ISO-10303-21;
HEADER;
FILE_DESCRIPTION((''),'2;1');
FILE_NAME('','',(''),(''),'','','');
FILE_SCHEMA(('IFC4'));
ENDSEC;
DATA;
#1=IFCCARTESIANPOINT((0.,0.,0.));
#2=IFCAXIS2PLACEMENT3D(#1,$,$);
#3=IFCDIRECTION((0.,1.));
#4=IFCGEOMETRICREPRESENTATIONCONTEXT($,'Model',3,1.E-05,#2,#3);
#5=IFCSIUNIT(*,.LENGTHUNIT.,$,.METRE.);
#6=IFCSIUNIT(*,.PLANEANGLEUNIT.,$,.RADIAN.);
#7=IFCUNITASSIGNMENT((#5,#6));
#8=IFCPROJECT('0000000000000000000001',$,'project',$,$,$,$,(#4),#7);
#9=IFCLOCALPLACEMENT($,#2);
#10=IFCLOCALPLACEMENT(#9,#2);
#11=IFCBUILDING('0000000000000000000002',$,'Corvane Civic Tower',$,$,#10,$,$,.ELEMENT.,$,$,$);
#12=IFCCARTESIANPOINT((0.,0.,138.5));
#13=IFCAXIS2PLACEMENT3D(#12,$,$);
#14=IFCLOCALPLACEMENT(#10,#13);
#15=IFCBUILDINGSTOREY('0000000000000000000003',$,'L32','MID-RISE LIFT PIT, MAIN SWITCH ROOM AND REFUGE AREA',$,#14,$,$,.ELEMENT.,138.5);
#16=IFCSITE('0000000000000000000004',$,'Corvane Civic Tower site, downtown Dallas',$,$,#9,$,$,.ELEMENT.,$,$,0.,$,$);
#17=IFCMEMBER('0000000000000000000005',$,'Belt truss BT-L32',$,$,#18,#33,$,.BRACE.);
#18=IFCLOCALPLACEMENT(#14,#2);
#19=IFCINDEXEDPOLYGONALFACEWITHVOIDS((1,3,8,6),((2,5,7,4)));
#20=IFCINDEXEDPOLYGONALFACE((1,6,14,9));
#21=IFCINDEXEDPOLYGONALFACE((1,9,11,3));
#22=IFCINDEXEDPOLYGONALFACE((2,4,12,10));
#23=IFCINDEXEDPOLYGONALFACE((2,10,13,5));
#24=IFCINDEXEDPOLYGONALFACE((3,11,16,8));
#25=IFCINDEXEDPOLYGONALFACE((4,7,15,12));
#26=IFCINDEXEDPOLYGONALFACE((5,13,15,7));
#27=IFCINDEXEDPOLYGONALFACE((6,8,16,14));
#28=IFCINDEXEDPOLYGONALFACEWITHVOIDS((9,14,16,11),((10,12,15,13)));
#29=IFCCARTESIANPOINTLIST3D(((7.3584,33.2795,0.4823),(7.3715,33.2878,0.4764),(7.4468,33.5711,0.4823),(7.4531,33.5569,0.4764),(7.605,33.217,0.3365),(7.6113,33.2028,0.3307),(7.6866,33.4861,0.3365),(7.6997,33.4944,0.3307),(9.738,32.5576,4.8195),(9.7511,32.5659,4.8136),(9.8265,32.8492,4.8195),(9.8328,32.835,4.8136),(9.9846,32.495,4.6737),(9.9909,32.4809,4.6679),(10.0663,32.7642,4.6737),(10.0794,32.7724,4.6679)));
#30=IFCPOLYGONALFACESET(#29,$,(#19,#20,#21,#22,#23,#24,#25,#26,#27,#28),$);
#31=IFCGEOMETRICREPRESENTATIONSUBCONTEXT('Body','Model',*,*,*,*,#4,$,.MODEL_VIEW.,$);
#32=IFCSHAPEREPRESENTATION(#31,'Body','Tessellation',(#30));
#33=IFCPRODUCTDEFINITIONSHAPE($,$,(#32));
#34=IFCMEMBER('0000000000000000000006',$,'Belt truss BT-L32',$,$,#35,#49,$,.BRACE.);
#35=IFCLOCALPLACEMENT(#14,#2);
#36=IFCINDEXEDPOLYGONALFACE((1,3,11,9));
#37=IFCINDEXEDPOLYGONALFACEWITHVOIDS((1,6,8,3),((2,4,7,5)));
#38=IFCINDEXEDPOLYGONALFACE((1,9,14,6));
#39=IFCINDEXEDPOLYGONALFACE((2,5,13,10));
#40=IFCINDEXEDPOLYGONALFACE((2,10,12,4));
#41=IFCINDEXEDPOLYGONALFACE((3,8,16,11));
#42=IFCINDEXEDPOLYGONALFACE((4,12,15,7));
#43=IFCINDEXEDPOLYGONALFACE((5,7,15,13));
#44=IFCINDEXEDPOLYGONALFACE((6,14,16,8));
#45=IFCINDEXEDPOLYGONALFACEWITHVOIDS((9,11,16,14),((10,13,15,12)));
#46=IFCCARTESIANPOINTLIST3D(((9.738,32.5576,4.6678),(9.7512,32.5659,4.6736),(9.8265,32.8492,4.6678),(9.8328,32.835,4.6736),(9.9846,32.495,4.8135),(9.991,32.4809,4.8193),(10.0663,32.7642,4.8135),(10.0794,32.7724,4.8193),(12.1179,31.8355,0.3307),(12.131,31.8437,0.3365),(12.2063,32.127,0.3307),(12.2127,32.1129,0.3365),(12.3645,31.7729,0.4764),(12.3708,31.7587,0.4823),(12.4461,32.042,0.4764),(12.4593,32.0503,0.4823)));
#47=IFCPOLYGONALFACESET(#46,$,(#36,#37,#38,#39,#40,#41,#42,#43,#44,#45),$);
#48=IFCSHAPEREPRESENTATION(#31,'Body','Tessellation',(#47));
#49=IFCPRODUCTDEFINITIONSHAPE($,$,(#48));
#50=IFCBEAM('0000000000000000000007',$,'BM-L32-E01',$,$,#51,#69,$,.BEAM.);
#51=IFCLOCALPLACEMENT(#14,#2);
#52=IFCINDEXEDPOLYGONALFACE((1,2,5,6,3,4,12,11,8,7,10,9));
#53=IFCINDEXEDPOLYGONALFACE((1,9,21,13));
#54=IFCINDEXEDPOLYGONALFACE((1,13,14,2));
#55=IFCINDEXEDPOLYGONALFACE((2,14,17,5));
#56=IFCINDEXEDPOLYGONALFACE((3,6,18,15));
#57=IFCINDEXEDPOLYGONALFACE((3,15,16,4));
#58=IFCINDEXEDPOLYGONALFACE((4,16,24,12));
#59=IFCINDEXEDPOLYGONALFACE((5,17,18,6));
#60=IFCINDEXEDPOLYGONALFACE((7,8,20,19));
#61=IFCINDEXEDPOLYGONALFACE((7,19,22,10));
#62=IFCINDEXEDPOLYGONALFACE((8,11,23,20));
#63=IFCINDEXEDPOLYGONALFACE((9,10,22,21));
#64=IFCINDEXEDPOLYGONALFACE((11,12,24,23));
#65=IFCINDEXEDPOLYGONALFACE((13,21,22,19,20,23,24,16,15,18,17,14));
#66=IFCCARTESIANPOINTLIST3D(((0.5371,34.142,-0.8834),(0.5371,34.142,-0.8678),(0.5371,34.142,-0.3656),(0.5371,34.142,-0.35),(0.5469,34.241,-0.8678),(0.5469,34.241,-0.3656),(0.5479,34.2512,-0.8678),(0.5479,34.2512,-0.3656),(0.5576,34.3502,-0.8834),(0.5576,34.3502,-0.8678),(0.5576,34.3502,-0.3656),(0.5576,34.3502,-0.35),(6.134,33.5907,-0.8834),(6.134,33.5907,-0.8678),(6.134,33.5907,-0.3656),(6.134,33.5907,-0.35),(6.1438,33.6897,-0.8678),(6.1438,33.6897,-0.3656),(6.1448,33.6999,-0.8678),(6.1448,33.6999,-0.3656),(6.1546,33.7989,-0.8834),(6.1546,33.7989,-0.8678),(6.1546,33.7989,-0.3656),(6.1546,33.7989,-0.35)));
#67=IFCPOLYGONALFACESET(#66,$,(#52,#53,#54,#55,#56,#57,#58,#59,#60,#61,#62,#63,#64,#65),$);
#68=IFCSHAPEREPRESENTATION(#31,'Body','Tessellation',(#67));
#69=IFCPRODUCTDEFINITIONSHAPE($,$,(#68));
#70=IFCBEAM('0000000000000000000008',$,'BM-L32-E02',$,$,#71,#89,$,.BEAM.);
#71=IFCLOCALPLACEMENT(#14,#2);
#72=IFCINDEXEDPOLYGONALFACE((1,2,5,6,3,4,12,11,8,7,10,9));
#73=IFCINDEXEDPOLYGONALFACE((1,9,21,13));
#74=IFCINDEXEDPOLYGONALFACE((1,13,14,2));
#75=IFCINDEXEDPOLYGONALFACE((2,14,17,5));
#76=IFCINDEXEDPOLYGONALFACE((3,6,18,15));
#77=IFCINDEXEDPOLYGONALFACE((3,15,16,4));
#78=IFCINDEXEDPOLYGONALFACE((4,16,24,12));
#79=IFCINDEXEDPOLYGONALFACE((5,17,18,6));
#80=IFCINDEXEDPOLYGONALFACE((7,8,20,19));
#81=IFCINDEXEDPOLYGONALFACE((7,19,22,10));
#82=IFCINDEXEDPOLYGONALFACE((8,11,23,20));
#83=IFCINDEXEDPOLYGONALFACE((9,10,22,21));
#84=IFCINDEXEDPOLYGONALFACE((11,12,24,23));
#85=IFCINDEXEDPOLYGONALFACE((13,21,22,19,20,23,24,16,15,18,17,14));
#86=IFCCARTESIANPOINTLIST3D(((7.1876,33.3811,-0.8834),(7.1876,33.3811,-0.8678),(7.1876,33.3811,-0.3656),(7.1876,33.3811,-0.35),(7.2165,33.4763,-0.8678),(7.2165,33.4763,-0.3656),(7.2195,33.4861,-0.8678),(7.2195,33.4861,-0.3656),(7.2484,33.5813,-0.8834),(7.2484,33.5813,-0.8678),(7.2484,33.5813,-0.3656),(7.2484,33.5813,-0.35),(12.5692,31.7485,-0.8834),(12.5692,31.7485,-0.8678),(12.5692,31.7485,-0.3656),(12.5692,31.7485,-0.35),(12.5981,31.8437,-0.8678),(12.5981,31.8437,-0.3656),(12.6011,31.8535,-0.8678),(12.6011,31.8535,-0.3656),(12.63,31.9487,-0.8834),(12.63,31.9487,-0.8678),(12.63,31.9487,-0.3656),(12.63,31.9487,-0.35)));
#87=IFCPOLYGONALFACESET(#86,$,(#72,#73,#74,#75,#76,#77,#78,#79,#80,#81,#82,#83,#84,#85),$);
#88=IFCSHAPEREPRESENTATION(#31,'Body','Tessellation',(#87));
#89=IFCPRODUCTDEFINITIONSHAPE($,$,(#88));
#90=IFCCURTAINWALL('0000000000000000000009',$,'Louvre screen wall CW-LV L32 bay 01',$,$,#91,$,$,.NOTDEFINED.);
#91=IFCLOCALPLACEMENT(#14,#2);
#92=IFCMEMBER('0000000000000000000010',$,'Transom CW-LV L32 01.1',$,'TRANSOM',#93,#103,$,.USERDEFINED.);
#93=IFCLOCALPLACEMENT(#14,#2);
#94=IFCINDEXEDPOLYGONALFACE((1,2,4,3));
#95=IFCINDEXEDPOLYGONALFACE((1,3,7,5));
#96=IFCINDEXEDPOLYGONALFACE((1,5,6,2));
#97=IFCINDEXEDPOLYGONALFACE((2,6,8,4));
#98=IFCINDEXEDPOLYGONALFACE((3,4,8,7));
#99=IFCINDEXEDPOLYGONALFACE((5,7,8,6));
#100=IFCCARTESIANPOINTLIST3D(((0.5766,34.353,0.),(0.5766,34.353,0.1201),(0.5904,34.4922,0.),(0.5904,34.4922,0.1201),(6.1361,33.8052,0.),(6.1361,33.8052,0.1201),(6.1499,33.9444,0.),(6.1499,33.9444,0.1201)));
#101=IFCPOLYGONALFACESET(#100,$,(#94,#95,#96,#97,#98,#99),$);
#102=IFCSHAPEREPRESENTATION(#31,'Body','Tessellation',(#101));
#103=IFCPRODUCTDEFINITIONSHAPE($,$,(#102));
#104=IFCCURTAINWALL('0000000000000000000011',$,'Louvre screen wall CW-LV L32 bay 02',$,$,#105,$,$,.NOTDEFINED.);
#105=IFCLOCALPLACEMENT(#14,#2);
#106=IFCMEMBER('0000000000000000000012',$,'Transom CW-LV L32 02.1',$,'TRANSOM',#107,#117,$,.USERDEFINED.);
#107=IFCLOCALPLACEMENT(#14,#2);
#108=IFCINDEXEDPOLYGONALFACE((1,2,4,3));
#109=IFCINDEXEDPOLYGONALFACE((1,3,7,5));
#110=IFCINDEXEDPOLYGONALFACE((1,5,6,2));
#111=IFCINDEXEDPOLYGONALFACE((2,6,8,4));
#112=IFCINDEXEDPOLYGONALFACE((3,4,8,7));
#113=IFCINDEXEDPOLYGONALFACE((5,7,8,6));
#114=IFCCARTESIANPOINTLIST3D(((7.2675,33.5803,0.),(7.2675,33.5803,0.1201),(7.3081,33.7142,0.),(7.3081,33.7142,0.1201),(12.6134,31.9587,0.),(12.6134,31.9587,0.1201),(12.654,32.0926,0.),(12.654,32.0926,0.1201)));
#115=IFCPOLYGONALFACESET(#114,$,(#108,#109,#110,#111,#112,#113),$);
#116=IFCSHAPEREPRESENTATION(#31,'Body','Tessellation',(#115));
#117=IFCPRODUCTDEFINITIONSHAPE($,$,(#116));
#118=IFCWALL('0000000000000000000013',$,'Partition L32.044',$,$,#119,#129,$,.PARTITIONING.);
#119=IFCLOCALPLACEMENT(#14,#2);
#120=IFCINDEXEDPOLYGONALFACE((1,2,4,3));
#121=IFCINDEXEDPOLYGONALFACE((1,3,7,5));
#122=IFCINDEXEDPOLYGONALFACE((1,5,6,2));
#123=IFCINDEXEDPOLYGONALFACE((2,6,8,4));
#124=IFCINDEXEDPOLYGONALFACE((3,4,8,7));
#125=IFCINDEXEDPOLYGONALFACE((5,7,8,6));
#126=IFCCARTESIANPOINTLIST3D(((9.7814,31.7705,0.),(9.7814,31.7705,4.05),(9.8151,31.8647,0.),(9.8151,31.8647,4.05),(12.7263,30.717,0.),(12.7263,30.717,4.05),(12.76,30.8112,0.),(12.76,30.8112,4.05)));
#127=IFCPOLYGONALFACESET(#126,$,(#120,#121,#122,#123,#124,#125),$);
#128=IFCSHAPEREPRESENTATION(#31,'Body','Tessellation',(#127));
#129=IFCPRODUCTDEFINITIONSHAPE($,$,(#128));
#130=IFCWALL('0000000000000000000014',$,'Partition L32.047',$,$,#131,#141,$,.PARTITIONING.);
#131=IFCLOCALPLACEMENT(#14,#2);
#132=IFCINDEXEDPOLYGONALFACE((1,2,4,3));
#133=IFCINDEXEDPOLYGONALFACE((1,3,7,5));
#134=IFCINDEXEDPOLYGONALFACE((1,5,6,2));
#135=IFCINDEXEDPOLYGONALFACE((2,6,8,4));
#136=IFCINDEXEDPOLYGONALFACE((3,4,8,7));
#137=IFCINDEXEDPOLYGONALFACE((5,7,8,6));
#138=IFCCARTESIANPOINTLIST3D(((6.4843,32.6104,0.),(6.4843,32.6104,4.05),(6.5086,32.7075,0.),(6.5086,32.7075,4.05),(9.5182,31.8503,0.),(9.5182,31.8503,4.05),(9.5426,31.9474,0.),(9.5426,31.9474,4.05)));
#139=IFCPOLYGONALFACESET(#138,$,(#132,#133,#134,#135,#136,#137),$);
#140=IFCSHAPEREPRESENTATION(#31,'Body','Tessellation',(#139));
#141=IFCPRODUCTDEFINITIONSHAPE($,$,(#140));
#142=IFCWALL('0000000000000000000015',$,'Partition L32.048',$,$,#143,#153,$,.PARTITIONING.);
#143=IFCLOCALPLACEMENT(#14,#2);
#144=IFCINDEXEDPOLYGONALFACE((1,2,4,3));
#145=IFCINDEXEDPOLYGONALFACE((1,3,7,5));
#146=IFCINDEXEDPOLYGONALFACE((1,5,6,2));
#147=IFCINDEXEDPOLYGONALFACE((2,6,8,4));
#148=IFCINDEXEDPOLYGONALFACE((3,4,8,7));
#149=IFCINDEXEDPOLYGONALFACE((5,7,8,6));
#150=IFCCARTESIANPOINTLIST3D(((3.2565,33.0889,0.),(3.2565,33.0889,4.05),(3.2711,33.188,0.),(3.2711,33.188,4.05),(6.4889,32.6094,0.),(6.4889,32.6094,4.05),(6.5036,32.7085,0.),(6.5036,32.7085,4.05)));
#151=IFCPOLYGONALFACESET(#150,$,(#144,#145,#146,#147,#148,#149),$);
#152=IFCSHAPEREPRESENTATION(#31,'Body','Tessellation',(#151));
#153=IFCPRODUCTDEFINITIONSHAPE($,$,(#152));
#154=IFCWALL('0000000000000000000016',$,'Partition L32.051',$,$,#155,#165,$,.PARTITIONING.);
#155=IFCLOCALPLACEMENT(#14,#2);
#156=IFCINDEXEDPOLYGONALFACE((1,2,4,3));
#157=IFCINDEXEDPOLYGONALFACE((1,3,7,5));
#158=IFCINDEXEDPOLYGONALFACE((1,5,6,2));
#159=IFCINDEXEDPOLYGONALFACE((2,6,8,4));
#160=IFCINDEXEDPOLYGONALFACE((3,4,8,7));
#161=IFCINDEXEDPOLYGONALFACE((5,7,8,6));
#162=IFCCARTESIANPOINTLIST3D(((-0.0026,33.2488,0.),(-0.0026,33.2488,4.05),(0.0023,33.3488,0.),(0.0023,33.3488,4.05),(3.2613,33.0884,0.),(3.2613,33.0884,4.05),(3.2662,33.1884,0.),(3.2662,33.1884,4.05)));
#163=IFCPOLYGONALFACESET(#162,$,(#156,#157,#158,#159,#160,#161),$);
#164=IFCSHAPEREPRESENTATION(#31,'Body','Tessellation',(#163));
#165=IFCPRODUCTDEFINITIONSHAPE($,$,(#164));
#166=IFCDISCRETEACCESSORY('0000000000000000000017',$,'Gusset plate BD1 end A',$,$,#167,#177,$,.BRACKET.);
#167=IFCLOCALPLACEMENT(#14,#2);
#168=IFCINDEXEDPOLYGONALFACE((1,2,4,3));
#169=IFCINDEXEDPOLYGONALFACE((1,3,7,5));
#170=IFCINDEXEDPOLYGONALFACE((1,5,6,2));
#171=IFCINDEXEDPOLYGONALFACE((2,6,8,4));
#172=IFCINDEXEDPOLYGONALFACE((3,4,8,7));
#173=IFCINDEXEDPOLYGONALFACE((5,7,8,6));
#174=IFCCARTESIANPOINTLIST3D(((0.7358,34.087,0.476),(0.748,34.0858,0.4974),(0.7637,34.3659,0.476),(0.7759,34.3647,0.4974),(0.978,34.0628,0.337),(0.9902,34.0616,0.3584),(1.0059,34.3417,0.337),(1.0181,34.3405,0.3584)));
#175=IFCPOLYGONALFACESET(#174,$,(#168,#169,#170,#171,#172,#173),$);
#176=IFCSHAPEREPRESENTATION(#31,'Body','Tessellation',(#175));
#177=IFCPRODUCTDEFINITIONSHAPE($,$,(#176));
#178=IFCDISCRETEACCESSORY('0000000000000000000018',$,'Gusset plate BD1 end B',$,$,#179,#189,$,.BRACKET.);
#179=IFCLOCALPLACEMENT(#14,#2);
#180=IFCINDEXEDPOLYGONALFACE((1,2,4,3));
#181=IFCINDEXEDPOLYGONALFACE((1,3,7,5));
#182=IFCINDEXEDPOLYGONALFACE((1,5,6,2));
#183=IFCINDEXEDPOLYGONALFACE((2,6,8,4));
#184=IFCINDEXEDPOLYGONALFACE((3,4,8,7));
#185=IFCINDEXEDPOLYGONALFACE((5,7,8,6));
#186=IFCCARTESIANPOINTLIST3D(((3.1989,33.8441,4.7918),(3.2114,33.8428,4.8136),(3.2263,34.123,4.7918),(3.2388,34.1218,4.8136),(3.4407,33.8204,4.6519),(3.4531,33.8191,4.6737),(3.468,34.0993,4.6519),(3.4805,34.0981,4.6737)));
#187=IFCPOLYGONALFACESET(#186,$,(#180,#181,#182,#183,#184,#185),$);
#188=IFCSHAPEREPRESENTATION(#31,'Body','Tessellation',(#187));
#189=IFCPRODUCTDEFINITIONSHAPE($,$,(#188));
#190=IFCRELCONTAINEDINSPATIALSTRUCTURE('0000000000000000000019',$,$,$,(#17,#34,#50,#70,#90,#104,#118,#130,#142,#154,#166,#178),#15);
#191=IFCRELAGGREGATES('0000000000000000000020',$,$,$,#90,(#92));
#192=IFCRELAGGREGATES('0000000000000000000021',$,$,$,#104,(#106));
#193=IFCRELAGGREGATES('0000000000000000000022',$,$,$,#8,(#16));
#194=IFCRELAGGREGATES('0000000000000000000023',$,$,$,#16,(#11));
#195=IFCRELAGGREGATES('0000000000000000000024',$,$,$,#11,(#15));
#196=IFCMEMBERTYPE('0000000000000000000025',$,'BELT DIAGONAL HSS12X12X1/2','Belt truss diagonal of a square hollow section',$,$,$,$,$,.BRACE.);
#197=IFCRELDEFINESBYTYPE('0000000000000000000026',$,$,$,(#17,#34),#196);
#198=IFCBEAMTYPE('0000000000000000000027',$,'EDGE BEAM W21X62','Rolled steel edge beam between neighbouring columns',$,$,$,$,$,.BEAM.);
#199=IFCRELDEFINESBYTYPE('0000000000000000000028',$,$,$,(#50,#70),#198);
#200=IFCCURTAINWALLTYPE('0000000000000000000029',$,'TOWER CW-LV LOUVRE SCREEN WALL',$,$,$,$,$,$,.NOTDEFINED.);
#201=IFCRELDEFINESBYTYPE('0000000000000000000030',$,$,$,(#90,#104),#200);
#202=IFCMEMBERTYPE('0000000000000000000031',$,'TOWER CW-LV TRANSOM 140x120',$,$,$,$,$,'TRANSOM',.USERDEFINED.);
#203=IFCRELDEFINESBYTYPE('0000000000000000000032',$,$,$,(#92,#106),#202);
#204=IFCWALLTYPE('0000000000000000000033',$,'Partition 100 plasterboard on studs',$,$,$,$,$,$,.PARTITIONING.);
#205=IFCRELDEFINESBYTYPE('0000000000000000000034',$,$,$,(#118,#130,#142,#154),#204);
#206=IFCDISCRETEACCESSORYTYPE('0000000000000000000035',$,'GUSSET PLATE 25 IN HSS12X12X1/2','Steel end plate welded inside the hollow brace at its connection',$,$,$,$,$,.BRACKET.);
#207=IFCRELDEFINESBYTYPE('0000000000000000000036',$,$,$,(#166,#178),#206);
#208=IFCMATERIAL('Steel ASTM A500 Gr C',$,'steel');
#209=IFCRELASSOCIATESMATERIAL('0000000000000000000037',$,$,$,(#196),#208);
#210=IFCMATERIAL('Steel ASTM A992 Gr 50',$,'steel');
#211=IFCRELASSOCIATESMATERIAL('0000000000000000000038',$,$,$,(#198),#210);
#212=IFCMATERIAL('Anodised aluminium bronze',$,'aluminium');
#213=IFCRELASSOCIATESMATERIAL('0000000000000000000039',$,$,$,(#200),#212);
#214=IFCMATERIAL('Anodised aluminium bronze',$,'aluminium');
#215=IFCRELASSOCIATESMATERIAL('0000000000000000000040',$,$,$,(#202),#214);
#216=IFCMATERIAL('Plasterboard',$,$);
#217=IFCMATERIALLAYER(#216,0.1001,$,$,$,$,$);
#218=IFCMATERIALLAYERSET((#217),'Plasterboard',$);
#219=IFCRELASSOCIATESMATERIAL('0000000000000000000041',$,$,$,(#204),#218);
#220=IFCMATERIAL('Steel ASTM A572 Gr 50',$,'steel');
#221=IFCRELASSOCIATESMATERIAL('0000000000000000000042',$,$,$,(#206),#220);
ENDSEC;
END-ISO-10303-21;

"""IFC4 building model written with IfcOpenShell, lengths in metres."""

from ifc_helpers import new_model, si_unit, direction, frame, frame_2d, origin, origin_2d, place, context, subcontext, project, spatial, rectangle, hollow_rectangle, i_section, extrude, material, layer, layer_set, material_profile, profile_set, type_object, element, aggregate, save


model = new_model("IFC4")

# Units and contexts
model_context = context("Model", 3, precision=1e-05, world=origin(), true_north=direction((0.0, 1.0)))
body_context = subcontext(model_context, "Body", "Model", "MODEL_VIEW")
ifc_project = project(units=[si_unit("LENGTHUNIT", "METRE"), si_unit("PLANEANGLEUNIT", "RADIAN")], contexts=[model_context])

# Site, building, storey
site_placement = place(None, origin())
site = spatial("IfcSite", under=ifc_project, at=site_placement, Name="Corvane Civic Tower site, downtown Dallas", CompositionType="ELEMENT", RefElevation=0.0)
building_placement = place(site_placement, origin())
building = spatial("IfcBuilding", under=site, at=building_placement, Name="Corvane Civic Tower", CompositionType="ELEMENT")
storey_placement = place(building_placement, frame((0.0, 0.0, 138.5)))
storey = spatial("IfcBuildingStorey", under=building, at=storey_placement, Name="L32", Description="MID-RISE LIFT PIT, MAIN SWITCH ROOM AND REFUGE AREA", CompositionType="ELEMENT", Elevation=138.5)

# Members
ifc_material_1 = material(Name="Steel ASTM A500 Gr C", Category="steel")
ifc_material_profile_1 = material_profile(ifc_material_1, hollow_rectangle(XDim=0.3047, YDim=0.3047, WallThickness=0.0117, at=origin_2d()), Name="HSS12X12X1/2")
ifc_profile_set_1 = profile_set([ifc_material_profile_1], Name="Steel ASTM A500 Gr C")
member_type_1 = type_object("IfcMemberType", Name="BELT DIAGONAL HSS12X12X1/2", Description="Belt truss diagonal of a square hollow section", PredefinedType="BRACE", material=ifc_profile_set_1)
for number, where, z_axis, x_axis, name in (
    (1, (7.5291, 33.387, 0.4065), (0.475977, -0.1444, 0.867522), (0.29031, 0.956933, 0.0), "Belt truss BT-L32"),
    (2, (12.2886, 31.9429, 0.4065), (-0.476012, 0.144444, 0.867496), (-0.290372, -0.956914, 0.0), "Belt truss BT-L32"),
):
    element("IfcMember", number, at=place(storey_placement, frame(where, z_axis=z_axis, x_axis=x_axis)), inside=storey, type_object=member_type_1, Name=name, PredefinedType="BRACE", context=body_context, shape_type="SweptSolid", body=[
        extrude(hollow_rectangle(XDim=0.3047, YDim=0.3047, WallThickness=0.0117, at=origin_2d()), origin(), (0.0, 0.0, 1.0), 4.9995),
    ])

# Beams
ifc_material_2 = material(Name="Steel ASTM A992 Gr 50", Category="steel")
ifc_material_profile_2 = material_profile(ifc_material_2, i_section(OverallWidth=0.2092, OverallDepth=0.5334, WebThickness=0.0103, FlangeThickness=0.0156, at=origin_2d()), Name="W21X62")
ifc_profile_set_2 = profile_set([ifc_material_profile_2], Name="Steel ASTM A992 Gr 50")
beam_type = type_object("IfcBeamType", Name="EDGE BEAM W21X62", Description="Rolled steel edge beam between neighbouring columns", PredefinedType="BEAM", material=ifc_profile_set_2)
beam_1_placement = place(storey_placement, frame((0.5474, 34.2461, -0.6167), z_axis=(0.995184, -0.098021, 0.0), x_axis=(0.098021, 0.995184, 0.0)))
element("IfcBeam", 3, at=beam_1_placement, inside=storey, type_object=beam_type, Name="BM-L32-E01", PredefinedType="BEAM", context=body_context, shape_type="SweptSolid", body=[
    extrude(i_section(OverallWidth=0.2092, OverallDepth=0.5334, WebThickness=0.0103, FlangeThickness=0.0156, at=origin_2d()), origin(), (0.0, 0.0, 1.0), 5.624),
])
beam_2_placement = place(storey_placement, frame((7.218, 33.4812, -0.6167), z_axis=(0.956936, -0.290298, 0.0), x_axis=(0.290298, 0.956936, 0.0)))
element("IfcBeam", 4, at=beam_2_placement, inside=storey, type_object=beam_type, Name="BM-L32-E02", PredefinedType="BEAM", context=body_context, shape_type="SweptSolid", body=[
    extrude(i_section(OverallWidth=0.2092, OverallDepth=0.5334, WebThickness=0.0103, FlangeThickness=0.0156, at=origin_2d()), origin(), (0.0, 0.0, 1.0), 5.6238),
])

# Curtain walls, members
ifc_material_3 = material(Name="Anodised aluminium bronze", Category="aluminium")
curtain_wall_type = type_object("IfcCurtainWallType", Name="TOWER CW-LV LOUVRE SCREEN WALL", PredefinedType="NOTDEFINED", material=ifc_material_3)
curtain_wall_1_placement = place(storey_placement, origin())
curtain_wall_1 = element("IfcCurtainWall", 5, at=curtain_wall_1_placement, inside=storey, type_object=curtain_wall_type, Name="Louvre screen wall CW-LV L32 bay 01", PredefinedType="NOTDEFINED")
ifc_material_4 = material(Name="Anodised aluminium bronze", Category="aluminium")
ifc_material_profile_3 = material_profile(ifc_material_4, rectangle(XDim=0.1399, YDim=0.1201, at=origin_2d()), Name="TOWER CW-LV TRANSOM 140x120")
ifc_profile_set_3 = profile_set([ifc_material_profile_3], Name="Anodised aluminium bronze")
member_type_2 = type_object("IfcMemberType", Name="TOWER CW-LV TRANSOM 140x120", ElementType="TRANSOM", PredefinedType="USERDEFINED", material=ifc_profile_set_3)
member_1_placement = place(storey_placement, frame((0.5835, 34.4226, 0.0601), z_axis=(0.99518, -0.098067, 0.0), x_axis=(0.098067, 0.99518, 0.0)))
member_1 = element("IfcMember", 6, at=member_1_placement, type_object=member_type_2, Name="Transom CW-LV L32 01.1", ObjectType="TRANSOM", PredefinedType="USERDEFINED", context=body_context, shape_type="SweptSolid", body=[
    extrude(rectangle(XDim=0.1399, YDim=0.1201, at=origin_2d()), origin(), (0.0, 0.0, 1.0), 5.5864),
])
curtain_wall_2_placement = place(storey_placement, origin())
curtain_wall_2 = element("IfcCurtainWall", 7, at=curtain_wall_2_placement, inside=storey, type_object=curtain_wall_type, Name="Louvre screen wall CW-LV L32 bay 02", PredefinedType="NOTDEFINED")
member_2_placement = place(storey_placement, frame((7.2878, 33.6472, 0.0601), z_axis=(0.956945, -0.290269, 0.0), x_axis=(0.290269, 0.956945, 0.0)))
member_2 = element("IfcMember", 8, at=member_2_placement, type_object=member_type_2, Name="Transom CW-LV L32 02.1", ObjectType="TRANSOM", PredefinedType="USERDEFINED", context=body_context, shape_type="SweptSolid", body=[
    extrude(rectangle(XDim=0.1399, YDim=0.1201, at=origin_2d()), origin(), (0.0, 0.0, 1.0), 5.5864),
])

# Walls
ifc_material_5 = material(Name="Plasterboard")
ifc_layer = layer(ifc_material_5, 0.1001)
ifc_layer_set = layer_set([ifc_layer], Name="Plasterboard")
wall_type = type_object("IfcWallType", Name="Partition 100 plasterboard on studs", PredefinedType="PARTITIONING", material=ifc_layer_set)
for number, where, z_axis, x_axis, name in (
    (9, (9.7981, 31.8176, 0.0), (0.0, 0.0, 1.0), (0.941565, -0.336831, 0.0), "Partition L32.044"),
    (10, (6.4963, 32.6589, 0.0), (0.0, 0.0, 1.0), (0.970028, -0.242995, 0.0), "Partition L32.047"),
):
    element("IfcWall", number, at=place(storey_placement, frame(where, z_axis=z_axis, x_axis=x_axis)), inside=storey, type_object=wall_type, Name=name, PredefinedType="PARTITIONING", context=body_context, shape_type="SweptSolid", body=[
        extrude(rectangle(XDim=3.1277, YDim=0.1001, at=frame_2d((1.564, 0.0))), origin(), (0.0, 0.0, 1.0), 4.05),
    ])
for number, where, z_axis, x_axis, name in (
    (11, (3.2639, 33.1384, 0.0), (0.0, 0.0, 1.0), (0.989176, -0.146733, 0.0), "Partition L32.048"),
    (12, (0.0, 33.2988, 0.0), (0.0, 0.0, 1.0), (0.998795, -0.049084, 0.0), "Partition L32.051"),
):
    element("IfcWall", number, at=place(storey_placement, frame(where, z_axis=z_axis, x_axis=x_axis)), inside=storey, type_object=wall_type, Name=name, PredefinedType="PARTITIONING", context=body_context, shape_type="SweptSolid", body=[
        extrude(rectangle(XDim=3.2678, YDim=0.1001, at=frame_2d((1.6338, 0.0))), origin(), (0.0, 0.0, 1.0), 4.05),
    ])

aggregate(curtain_wall_1, [member_1])
aggregate(curtain_wall_2, [member_2])

# Discrete accessories
ifc_material_6 = material(Name="Steel ASTM A572 Gr 50", Category="steel")
ifc_material_profile_4 = material_profile(ifc_material_6, rectangle(XDim=0.2803, YDim=0.2803, at=origin_2d()), Name="GUSSET PLATE 25 IN HSS12X12X1/2")
ifc_profile_set_4 = profile_set([ifc_material_profile_4], Name="Steel ASTM A572 Gr 50")
discrete_accessory_type_1 = type_object("IfcDiscreteAccessoryType", Name="GUSSET PLATE 25 IN HSS12X12X1/2", Description="Steel end plate welded inside the hollow brace at its connection", PredefinedType="BRACKET", material=ifc_profile_set_4)
discrete_accessory_1_placement = place(storey_placement, frame((0.8708, 34.2144, 0.4065), z_axis=(0.493408, -0.049341, 0.868398), x_axis=(0.099504, 0.995037, 0.0)))
element("IfcDiscreteAccessory", 13, at=discrete_accessory_1_placement, inside=storey, type_object=discrete_accessory_type_1, Name="Gusset plate BD1 end A", PredefinedType="BRACKET", context=body_context, shape_type="SweptSolid", body=[
    extrude(rectangle(XDim=0.2803, YDim=0.2803, at=origin_2d()), origin(), (0.0, 0.0, 1.0), 0.0247),
])
discrete_accessory_2_placement = place(storey_placement, frame((3.3459, 33.9705, 4.7437), z_axis=(-0.496599, 0.048686, -0.866614), x_axis=(-0.097571, -0.995229, 0.0)))
element("IfcDiscreteAccessory", 14, at=discrete_accessory_2_placement, inside=storey, type_object=discrete_accessory_type_1, Name="Gusset plate BD1 end B", PredefinedType="BRACKET", context=body_context, shape_type="SweptSolid", body=[
    extrude(rectangle(XDim=0.2803, YDim=0.2803, at=origin_2d()), origin(), (0.0, 0.0, 1.0), 0.0251),
])

save(model, "model.ifc")
